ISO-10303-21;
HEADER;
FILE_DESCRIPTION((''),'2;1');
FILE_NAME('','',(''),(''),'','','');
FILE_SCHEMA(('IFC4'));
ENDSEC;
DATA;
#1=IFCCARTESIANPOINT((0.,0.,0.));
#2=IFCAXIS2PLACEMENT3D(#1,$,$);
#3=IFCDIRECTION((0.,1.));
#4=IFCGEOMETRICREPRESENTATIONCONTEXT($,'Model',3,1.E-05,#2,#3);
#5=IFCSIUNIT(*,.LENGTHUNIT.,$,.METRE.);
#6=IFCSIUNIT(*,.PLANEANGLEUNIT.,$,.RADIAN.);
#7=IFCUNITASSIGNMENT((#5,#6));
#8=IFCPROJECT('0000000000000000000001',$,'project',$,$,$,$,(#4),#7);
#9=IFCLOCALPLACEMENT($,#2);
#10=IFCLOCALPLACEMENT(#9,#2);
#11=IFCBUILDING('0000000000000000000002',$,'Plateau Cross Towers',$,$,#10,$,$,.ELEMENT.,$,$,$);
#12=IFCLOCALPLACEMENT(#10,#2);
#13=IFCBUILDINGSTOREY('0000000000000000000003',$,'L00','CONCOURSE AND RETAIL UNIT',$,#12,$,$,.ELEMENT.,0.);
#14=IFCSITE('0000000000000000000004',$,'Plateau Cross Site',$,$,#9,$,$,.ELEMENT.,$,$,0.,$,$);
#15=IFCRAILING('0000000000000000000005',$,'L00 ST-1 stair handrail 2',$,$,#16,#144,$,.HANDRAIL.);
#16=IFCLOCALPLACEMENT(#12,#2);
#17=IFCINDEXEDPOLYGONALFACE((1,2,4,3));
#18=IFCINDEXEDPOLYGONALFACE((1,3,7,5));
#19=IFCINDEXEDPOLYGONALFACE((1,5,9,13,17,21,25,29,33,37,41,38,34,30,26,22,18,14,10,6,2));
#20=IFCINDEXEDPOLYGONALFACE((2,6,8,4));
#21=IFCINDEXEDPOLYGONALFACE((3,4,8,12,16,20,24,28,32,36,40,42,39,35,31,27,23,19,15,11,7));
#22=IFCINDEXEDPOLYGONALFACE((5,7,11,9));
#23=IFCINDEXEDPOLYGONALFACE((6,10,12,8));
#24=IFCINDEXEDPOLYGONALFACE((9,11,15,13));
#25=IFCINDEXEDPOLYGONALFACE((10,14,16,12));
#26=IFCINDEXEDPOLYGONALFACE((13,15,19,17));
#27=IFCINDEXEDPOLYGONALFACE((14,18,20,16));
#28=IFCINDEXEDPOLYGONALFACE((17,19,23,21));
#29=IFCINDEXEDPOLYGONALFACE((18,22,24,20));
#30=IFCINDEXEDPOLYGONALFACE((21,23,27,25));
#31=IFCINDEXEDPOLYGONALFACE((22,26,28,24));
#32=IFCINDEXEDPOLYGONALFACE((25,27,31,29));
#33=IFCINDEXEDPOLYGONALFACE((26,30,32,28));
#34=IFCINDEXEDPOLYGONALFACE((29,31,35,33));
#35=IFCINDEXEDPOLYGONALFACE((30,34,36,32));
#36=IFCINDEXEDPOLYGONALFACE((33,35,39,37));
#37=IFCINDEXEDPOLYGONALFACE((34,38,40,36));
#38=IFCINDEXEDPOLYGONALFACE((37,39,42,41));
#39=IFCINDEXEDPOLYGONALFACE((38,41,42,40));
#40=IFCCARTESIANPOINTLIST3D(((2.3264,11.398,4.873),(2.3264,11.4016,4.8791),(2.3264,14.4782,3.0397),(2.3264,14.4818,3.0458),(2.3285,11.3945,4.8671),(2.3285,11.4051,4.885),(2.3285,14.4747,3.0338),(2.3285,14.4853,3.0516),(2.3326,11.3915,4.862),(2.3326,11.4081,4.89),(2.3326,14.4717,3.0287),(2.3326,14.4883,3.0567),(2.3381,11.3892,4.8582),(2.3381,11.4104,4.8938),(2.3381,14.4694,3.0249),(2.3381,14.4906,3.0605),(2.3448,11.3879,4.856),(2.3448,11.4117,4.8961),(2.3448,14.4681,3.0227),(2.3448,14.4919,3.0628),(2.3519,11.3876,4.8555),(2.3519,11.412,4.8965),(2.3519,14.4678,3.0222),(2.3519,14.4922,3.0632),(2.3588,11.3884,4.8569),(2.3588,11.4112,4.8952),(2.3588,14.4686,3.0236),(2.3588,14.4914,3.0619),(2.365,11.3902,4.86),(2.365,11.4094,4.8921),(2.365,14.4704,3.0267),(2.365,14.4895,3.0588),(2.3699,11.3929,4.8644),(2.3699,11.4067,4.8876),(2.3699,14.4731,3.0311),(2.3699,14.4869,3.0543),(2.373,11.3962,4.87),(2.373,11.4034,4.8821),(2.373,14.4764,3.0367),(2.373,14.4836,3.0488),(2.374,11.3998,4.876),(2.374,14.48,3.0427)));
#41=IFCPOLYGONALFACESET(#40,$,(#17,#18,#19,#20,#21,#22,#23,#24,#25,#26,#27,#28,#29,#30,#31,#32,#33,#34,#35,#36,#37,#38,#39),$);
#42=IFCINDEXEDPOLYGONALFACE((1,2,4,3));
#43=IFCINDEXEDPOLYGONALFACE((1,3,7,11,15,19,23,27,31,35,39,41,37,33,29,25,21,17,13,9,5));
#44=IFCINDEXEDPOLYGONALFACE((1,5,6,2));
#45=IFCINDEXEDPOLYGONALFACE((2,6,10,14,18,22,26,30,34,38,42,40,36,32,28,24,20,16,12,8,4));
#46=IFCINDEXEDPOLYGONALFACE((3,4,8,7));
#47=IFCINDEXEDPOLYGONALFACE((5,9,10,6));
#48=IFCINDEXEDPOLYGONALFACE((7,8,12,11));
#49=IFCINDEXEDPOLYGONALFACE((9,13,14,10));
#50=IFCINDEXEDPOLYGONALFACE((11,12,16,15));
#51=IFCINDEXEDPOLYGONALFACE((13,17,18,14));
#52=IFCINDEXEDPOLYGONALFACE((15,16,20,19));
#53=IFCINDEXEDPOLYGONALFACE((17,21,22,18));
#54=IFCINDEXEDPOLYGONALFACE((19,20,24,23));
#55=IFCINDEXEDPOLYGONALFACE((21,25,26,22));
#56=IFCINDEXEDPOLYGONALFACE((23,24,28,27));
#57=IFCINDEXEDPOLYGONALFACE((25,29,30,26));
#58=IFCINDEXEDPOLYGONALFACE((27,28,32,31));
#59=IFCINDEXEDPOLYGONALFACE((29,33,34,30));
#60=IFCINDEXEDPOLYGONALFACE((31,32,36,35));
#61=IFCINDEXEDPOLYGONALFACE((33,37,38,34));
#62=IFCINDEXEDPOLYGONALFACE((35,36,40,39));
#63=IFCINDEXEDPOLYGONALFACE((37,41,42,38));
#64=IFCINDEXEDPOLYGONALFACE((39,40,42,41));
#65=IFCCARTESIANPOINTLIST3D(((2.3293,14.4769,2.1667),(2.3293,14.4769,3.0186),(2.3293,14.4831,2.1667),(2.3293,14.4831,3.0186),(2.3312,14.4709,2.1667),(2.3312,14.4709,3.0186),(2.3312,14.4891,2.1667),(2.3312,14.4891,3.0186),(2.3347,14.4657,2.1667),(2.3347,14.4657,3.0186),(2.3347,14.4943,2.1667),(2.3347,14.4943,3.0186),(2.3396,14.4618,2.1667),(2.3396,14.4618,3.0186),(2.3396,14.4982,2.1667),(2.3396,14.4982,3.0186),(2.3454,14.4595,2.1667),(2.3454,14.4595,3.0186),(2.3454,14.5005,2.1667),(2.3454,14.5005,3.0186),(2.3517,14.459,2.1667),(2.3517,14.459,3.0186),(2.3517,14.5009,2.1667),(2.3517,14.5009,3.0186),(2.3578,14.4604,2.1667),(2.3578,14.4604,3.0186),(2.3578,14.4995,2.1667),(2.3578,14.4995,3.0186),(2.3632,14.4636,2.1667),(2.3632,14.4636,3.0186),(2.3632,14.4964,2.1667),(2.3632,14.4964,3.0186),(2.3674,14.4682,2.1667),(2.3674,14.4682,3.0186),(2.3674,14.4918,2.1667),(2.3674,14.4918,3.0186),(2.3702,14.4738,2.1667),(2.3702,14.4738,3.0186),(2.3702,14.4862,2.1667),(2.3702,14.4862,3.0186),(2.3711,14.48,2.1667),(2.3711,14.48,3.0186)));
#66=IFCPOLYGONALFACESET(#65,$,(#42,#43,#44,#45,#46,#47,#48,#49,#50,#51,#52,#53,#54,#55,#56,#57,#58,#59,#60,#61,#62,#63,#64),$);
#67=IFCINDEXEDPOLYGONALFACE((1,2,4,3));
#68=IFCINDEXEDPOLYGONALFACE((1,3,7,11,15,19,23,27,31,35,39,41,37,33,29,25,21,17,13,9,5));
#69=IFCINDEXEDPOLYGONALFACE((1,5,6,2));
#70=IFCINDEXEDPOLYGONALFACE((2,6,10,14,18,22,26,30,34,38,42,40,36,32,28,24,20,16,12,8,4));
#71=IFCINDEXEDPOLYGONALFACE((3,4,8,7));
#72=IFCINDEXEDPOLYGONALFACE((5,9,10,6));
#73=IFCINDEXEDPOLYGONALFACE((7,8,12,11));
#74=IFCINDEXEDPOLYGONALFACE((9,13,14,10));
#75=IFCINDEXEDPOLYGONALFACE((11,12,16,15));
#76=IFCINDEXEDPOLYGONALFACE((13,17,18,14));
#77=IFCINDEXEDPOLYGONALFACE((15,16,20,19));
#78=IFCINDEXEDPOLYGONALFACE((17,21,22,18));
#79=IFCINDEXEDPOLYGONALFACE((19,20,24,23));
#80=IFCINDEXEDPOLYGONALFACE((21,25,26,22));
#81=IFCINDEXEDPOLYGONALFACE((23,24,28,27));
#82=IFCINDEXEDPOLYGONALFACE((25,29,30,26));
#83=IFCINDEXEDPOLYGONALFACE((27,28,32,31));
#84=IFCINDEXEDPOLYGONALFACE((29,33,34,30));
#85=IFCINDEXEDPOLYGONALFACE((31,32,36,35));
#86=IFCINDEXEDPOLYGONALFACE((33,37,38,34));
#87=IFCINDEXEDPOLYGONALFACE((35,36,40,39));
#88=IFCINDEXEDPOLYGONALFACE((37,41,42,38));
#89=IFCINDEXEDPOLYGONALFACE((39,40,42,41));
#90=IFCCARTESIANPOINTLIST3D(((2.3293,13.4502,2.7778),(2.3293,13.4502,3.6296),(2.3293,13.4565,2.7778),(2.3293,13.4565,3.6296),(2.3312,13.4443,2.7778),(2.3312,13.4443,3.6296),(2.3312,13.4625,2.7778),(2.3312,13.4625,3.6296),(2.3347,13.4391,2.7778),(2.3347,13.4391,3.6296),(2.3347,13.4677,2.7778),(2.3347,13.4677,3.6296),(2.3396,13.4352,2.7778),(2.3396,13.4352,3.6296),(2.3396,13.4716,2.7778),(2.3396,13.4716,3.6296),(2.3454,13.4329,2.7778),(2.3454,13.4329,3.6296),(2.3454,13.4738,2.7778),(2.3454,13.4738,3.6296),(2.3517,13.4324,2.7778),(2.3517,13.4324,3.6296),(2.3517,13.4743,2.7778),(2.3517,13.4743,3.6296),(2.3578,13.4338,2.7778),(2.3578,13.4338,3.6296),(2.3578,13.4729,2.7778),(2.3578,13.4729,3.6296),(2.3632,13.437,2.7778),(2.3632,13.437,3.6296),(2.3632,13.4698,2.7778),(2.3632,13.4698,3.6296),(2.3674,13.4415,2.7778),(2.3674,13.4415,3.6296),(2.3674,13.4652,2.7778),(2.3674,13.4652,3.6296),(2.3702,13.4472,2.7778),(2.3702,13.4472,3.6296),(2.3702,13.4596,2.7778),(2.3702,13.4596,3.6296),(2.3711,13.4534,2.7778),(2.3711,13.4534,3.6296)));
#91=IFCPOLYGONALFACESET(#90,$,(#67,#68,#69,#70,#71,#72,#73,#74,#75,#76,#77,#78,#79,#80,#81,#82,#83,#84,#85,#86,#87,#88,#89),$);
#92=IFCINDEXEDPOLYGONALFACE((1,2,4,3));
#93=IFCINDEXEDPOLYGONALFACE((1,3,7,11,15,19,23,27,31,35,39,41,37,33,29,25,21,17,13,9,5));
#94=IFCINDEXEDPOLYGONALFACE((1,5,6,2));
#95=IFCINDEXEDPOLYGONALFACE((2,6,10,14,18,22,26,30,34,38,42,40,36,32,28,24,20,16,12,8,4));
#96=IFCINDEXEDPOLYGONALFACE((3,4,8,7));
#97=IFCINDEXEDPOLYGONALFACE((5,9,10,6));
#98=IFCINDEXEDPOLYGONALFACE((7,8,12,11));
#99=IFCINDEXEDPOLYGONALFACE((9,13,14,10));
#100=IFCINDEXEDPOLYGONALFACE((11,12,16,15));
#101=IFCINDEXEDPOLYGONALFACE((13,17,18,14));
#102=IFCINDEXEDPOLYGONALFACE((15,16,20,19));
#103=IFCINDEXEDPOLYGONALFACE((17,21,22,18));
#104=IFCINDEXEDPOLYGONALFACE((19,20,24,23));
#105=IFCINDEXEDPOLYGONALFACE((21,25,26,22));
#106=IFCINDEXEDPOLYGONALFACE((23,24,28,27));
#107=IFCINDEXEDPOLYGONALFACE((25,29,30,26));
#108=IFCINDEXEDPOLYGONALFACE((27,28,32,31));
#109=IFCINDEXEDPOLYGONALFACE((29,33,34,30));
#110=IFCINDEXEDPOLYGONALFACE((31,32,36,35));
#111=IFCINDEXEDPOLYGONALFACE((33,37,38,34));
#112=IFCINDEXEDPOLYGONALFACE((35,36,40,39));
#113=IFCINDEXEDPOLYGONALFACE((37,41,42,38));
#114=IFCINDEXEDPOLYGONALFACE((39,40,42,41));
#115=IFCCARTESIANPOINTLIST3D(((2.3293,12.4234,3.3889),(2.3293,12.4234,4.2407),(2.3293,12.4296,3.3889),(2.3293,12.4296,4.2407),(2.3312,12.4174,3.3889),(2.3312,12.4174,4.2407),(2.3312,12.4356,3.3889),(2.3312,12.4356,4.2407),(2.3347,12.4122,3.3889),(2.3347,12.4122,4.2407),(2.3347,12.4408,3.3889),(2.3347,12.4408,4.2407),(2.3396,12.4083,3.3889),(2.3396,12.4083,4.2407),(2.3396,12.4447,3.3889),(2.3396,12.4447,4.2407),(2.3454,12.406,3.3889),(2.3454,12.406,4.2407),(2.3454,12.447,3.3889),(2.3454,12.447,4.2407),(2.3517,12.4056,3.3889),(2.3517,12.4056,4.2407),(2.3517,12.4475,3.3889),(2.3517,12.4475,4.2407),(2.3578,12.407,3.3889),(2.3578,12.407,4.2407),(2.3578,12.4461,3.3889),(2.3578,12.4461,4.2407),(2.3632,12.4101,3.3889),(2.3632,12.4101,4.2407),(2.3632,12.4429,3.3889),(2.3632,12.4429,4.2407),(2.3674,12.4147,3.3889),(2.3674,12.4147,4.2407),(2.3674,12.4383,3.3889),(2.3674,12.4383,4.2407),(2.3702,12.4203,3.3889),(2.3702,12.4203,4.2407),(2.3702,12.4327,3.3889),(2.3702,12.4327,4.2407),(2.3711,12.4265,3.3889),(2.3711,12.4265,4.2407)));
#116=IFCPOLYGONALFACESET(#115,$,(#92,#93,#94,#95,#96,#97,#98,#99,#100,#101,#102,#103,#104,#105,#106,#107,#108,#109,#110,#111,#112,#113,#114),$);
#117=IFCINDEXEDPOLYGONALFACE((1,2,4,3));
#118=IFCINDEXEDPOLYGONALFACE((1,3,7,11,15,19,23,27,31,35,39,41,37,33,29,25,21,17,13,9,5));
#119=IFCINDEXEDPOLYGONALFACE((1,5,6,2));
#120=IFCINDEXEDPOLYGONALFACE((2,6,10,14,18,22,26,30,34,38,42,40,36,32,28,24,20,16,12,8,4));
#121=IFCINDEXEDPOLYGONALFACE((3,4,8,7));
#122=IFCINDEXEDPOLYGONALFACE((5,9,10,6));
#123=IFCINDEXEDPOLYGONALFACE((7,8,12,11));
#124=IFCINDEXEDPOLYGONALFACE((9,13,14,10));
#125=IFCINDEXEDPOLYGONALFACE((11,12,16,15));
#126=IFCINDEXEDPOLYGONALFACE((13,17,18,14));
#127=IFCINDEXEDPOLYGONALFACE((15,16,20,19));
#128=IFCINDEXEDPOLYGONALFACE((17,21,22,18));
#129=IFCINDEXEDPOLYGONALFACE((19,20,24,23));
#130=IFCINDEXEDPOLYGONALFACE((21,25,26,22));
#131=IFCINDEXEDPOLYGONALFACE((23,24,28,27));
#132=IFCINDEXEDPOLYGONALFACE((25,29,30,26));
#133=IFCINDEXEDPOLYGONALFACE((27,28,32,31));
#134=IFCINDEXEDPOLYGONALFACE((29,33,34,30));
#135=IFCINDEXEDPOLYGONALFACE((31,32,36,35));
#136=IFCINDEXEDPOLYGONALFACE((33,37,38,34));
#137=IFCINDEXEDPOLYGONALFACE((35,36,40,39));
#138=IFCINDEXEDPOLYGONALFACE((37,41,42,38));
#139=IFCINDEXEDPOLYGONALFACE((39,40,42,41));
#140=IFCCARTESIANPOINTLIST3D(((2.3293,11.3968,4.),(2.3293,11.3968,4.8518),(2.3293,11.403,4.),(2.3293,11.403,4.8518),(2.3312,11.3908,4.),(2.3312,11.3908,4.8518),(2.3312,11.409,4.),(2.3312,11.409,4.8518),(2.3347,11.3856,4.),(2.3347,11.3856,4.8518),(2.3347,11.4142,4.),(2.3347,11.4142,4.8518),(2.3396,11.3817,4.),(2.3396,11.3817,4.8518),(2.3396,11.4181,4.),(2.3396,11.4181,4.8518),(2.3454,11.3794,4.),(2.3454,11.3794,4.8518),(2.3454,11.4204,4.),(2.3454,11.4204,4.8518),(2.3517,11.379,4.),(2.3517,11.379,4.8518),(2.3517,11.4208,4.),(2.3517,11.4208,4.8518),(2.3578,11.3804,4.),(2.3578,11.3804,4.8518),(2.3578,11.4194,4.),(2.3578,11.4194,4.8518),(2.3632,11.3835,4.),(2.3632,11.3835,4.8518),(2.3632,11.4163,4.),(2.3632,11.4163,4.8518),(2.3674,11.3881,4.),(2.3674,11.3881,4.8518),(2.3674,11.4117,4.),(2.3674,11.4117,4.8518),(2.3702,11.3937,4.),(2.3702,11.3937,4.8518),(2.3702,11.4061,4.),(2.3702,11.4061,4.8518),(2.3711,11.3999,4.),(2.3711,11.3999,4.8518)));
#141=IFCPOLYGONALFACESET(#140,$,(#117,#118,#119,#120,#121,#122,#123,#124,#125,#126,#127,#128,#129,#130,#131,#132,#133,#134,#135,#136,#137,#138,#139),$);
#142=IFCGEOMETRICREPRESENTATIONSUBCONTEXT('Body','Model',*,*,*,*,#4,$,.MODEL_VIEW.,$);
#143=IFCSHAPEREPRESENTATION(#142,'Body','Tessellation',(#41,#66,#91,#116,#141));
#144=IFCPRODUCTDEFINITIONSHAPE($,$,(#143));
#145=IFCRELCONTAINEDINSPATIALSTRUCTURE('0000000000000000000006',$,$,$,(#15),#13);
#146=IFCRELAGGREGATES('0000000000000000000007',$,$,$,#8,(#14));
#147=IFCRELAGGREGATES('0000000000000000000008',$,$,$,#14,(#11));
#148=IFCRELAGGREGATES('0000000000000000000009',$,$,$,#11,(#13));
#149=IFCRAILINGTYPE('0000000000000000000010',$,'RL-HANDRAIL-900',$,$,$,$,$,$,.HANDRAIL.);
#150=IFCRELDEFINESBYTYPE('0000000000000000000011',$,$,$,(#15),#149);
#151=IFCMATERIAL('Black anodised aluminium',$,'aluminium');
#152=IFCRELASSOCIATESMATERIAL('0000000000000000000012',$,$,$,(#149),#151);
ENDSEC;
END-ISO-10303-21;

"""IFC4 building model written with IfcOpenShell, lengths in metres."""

from ifc_helpers import new_model, si_unit, direction, frame, origin, origin_2d, place, context, subcontext, project, spatial, circle, extrude, material, type_object, element, save


model = new_model("IFC4")

# Units and contexts
model_context = context("Model", 3, precision=1e-05, world=origin(), true_north=direction((0.0, 1.0)))
body_context = subcontext(model_context, "Body", "Model", "MODEL_VIEW")
ifc_project = project(units=[si_unit("LENGTHUNIT", "METRE"), si_unit("PLANEANGLEUNIT", "RADIAN")], contexts=[model_context])

# Site, building, storey
site_placement = place(None, origin())
site = spatial("IfcSite", under=ifc_project, at=site_placement, Name="Plateau Cross Site", CompositionType="ELEMENT", RefElevation=0.0)
building_placement = place(site_placement, origin())
building = spatial("IfcBuilding", under=site, at=building_placement, Name="Plateau Cross Towers", CompositionType="ELEMENT")
storey_placement = place(building_placement, origin())
storey = spatial("IfcBuildingStorey", under=building, at=storey_placement, Name="L00", Description="CONCOURSE AND RETAIL UNIT", CompositionType="ELEMENT", Elevation=0.0)

# Shared definitions
ifc_material_1 = material(Name="Black anodised aluminium", Category="aluminium")

# Railing
railing_type_1 = type_object("IfcRailingType", Name="RL-HANDRAIL-900", PredefinedType="HANDRAIL", material=ifc_material_1)
railing_1_placement = place(storey_placement, frame((2.3501, 14.48, 2.1667)))
element("IfcRailing", 1, at=railing_1_placement, inside=storey, type_object=railing_type_1, Name="L00 ST-1 stair handrail 2", PredefinedType="HANDRAIL", context=body_context, shape_type="SweptSolid", body=[
    extrude(circle(Radius=0.0239, at=origin_2d()), frame((0.0, 0.0, 0.876), z_axis=(0.0, -0.859309, 0.511458), x_axis=(1.0, 0.0, 0.0)), (0.0, 0.0, 1.0), 3.5845),
    extrude(circle(Radius=0.021, at=origin_2d()), origin(), (0.0, 0.0, 1.0), 0.8518),
    extrude(circle(Radius=0.021, at=origin_2d()), frame((0.0, -1.0266, 0.6111)), (0.0, 0.0, 1.0), 0.8518),
    extrude(circle(Radius=0.021, at=origin_2d()), frame((0.0, -2.0535, 1.2222)), (0.0, 0.0, 1.0), 0.8518),
    extrude(circle(Radius=0.021, at=origin_2d()), frame((0.0, -3.0801, 1.8333)), (0.0, 0.0, 1.0), 0.8518),
])

save(model, "model.ifc")
